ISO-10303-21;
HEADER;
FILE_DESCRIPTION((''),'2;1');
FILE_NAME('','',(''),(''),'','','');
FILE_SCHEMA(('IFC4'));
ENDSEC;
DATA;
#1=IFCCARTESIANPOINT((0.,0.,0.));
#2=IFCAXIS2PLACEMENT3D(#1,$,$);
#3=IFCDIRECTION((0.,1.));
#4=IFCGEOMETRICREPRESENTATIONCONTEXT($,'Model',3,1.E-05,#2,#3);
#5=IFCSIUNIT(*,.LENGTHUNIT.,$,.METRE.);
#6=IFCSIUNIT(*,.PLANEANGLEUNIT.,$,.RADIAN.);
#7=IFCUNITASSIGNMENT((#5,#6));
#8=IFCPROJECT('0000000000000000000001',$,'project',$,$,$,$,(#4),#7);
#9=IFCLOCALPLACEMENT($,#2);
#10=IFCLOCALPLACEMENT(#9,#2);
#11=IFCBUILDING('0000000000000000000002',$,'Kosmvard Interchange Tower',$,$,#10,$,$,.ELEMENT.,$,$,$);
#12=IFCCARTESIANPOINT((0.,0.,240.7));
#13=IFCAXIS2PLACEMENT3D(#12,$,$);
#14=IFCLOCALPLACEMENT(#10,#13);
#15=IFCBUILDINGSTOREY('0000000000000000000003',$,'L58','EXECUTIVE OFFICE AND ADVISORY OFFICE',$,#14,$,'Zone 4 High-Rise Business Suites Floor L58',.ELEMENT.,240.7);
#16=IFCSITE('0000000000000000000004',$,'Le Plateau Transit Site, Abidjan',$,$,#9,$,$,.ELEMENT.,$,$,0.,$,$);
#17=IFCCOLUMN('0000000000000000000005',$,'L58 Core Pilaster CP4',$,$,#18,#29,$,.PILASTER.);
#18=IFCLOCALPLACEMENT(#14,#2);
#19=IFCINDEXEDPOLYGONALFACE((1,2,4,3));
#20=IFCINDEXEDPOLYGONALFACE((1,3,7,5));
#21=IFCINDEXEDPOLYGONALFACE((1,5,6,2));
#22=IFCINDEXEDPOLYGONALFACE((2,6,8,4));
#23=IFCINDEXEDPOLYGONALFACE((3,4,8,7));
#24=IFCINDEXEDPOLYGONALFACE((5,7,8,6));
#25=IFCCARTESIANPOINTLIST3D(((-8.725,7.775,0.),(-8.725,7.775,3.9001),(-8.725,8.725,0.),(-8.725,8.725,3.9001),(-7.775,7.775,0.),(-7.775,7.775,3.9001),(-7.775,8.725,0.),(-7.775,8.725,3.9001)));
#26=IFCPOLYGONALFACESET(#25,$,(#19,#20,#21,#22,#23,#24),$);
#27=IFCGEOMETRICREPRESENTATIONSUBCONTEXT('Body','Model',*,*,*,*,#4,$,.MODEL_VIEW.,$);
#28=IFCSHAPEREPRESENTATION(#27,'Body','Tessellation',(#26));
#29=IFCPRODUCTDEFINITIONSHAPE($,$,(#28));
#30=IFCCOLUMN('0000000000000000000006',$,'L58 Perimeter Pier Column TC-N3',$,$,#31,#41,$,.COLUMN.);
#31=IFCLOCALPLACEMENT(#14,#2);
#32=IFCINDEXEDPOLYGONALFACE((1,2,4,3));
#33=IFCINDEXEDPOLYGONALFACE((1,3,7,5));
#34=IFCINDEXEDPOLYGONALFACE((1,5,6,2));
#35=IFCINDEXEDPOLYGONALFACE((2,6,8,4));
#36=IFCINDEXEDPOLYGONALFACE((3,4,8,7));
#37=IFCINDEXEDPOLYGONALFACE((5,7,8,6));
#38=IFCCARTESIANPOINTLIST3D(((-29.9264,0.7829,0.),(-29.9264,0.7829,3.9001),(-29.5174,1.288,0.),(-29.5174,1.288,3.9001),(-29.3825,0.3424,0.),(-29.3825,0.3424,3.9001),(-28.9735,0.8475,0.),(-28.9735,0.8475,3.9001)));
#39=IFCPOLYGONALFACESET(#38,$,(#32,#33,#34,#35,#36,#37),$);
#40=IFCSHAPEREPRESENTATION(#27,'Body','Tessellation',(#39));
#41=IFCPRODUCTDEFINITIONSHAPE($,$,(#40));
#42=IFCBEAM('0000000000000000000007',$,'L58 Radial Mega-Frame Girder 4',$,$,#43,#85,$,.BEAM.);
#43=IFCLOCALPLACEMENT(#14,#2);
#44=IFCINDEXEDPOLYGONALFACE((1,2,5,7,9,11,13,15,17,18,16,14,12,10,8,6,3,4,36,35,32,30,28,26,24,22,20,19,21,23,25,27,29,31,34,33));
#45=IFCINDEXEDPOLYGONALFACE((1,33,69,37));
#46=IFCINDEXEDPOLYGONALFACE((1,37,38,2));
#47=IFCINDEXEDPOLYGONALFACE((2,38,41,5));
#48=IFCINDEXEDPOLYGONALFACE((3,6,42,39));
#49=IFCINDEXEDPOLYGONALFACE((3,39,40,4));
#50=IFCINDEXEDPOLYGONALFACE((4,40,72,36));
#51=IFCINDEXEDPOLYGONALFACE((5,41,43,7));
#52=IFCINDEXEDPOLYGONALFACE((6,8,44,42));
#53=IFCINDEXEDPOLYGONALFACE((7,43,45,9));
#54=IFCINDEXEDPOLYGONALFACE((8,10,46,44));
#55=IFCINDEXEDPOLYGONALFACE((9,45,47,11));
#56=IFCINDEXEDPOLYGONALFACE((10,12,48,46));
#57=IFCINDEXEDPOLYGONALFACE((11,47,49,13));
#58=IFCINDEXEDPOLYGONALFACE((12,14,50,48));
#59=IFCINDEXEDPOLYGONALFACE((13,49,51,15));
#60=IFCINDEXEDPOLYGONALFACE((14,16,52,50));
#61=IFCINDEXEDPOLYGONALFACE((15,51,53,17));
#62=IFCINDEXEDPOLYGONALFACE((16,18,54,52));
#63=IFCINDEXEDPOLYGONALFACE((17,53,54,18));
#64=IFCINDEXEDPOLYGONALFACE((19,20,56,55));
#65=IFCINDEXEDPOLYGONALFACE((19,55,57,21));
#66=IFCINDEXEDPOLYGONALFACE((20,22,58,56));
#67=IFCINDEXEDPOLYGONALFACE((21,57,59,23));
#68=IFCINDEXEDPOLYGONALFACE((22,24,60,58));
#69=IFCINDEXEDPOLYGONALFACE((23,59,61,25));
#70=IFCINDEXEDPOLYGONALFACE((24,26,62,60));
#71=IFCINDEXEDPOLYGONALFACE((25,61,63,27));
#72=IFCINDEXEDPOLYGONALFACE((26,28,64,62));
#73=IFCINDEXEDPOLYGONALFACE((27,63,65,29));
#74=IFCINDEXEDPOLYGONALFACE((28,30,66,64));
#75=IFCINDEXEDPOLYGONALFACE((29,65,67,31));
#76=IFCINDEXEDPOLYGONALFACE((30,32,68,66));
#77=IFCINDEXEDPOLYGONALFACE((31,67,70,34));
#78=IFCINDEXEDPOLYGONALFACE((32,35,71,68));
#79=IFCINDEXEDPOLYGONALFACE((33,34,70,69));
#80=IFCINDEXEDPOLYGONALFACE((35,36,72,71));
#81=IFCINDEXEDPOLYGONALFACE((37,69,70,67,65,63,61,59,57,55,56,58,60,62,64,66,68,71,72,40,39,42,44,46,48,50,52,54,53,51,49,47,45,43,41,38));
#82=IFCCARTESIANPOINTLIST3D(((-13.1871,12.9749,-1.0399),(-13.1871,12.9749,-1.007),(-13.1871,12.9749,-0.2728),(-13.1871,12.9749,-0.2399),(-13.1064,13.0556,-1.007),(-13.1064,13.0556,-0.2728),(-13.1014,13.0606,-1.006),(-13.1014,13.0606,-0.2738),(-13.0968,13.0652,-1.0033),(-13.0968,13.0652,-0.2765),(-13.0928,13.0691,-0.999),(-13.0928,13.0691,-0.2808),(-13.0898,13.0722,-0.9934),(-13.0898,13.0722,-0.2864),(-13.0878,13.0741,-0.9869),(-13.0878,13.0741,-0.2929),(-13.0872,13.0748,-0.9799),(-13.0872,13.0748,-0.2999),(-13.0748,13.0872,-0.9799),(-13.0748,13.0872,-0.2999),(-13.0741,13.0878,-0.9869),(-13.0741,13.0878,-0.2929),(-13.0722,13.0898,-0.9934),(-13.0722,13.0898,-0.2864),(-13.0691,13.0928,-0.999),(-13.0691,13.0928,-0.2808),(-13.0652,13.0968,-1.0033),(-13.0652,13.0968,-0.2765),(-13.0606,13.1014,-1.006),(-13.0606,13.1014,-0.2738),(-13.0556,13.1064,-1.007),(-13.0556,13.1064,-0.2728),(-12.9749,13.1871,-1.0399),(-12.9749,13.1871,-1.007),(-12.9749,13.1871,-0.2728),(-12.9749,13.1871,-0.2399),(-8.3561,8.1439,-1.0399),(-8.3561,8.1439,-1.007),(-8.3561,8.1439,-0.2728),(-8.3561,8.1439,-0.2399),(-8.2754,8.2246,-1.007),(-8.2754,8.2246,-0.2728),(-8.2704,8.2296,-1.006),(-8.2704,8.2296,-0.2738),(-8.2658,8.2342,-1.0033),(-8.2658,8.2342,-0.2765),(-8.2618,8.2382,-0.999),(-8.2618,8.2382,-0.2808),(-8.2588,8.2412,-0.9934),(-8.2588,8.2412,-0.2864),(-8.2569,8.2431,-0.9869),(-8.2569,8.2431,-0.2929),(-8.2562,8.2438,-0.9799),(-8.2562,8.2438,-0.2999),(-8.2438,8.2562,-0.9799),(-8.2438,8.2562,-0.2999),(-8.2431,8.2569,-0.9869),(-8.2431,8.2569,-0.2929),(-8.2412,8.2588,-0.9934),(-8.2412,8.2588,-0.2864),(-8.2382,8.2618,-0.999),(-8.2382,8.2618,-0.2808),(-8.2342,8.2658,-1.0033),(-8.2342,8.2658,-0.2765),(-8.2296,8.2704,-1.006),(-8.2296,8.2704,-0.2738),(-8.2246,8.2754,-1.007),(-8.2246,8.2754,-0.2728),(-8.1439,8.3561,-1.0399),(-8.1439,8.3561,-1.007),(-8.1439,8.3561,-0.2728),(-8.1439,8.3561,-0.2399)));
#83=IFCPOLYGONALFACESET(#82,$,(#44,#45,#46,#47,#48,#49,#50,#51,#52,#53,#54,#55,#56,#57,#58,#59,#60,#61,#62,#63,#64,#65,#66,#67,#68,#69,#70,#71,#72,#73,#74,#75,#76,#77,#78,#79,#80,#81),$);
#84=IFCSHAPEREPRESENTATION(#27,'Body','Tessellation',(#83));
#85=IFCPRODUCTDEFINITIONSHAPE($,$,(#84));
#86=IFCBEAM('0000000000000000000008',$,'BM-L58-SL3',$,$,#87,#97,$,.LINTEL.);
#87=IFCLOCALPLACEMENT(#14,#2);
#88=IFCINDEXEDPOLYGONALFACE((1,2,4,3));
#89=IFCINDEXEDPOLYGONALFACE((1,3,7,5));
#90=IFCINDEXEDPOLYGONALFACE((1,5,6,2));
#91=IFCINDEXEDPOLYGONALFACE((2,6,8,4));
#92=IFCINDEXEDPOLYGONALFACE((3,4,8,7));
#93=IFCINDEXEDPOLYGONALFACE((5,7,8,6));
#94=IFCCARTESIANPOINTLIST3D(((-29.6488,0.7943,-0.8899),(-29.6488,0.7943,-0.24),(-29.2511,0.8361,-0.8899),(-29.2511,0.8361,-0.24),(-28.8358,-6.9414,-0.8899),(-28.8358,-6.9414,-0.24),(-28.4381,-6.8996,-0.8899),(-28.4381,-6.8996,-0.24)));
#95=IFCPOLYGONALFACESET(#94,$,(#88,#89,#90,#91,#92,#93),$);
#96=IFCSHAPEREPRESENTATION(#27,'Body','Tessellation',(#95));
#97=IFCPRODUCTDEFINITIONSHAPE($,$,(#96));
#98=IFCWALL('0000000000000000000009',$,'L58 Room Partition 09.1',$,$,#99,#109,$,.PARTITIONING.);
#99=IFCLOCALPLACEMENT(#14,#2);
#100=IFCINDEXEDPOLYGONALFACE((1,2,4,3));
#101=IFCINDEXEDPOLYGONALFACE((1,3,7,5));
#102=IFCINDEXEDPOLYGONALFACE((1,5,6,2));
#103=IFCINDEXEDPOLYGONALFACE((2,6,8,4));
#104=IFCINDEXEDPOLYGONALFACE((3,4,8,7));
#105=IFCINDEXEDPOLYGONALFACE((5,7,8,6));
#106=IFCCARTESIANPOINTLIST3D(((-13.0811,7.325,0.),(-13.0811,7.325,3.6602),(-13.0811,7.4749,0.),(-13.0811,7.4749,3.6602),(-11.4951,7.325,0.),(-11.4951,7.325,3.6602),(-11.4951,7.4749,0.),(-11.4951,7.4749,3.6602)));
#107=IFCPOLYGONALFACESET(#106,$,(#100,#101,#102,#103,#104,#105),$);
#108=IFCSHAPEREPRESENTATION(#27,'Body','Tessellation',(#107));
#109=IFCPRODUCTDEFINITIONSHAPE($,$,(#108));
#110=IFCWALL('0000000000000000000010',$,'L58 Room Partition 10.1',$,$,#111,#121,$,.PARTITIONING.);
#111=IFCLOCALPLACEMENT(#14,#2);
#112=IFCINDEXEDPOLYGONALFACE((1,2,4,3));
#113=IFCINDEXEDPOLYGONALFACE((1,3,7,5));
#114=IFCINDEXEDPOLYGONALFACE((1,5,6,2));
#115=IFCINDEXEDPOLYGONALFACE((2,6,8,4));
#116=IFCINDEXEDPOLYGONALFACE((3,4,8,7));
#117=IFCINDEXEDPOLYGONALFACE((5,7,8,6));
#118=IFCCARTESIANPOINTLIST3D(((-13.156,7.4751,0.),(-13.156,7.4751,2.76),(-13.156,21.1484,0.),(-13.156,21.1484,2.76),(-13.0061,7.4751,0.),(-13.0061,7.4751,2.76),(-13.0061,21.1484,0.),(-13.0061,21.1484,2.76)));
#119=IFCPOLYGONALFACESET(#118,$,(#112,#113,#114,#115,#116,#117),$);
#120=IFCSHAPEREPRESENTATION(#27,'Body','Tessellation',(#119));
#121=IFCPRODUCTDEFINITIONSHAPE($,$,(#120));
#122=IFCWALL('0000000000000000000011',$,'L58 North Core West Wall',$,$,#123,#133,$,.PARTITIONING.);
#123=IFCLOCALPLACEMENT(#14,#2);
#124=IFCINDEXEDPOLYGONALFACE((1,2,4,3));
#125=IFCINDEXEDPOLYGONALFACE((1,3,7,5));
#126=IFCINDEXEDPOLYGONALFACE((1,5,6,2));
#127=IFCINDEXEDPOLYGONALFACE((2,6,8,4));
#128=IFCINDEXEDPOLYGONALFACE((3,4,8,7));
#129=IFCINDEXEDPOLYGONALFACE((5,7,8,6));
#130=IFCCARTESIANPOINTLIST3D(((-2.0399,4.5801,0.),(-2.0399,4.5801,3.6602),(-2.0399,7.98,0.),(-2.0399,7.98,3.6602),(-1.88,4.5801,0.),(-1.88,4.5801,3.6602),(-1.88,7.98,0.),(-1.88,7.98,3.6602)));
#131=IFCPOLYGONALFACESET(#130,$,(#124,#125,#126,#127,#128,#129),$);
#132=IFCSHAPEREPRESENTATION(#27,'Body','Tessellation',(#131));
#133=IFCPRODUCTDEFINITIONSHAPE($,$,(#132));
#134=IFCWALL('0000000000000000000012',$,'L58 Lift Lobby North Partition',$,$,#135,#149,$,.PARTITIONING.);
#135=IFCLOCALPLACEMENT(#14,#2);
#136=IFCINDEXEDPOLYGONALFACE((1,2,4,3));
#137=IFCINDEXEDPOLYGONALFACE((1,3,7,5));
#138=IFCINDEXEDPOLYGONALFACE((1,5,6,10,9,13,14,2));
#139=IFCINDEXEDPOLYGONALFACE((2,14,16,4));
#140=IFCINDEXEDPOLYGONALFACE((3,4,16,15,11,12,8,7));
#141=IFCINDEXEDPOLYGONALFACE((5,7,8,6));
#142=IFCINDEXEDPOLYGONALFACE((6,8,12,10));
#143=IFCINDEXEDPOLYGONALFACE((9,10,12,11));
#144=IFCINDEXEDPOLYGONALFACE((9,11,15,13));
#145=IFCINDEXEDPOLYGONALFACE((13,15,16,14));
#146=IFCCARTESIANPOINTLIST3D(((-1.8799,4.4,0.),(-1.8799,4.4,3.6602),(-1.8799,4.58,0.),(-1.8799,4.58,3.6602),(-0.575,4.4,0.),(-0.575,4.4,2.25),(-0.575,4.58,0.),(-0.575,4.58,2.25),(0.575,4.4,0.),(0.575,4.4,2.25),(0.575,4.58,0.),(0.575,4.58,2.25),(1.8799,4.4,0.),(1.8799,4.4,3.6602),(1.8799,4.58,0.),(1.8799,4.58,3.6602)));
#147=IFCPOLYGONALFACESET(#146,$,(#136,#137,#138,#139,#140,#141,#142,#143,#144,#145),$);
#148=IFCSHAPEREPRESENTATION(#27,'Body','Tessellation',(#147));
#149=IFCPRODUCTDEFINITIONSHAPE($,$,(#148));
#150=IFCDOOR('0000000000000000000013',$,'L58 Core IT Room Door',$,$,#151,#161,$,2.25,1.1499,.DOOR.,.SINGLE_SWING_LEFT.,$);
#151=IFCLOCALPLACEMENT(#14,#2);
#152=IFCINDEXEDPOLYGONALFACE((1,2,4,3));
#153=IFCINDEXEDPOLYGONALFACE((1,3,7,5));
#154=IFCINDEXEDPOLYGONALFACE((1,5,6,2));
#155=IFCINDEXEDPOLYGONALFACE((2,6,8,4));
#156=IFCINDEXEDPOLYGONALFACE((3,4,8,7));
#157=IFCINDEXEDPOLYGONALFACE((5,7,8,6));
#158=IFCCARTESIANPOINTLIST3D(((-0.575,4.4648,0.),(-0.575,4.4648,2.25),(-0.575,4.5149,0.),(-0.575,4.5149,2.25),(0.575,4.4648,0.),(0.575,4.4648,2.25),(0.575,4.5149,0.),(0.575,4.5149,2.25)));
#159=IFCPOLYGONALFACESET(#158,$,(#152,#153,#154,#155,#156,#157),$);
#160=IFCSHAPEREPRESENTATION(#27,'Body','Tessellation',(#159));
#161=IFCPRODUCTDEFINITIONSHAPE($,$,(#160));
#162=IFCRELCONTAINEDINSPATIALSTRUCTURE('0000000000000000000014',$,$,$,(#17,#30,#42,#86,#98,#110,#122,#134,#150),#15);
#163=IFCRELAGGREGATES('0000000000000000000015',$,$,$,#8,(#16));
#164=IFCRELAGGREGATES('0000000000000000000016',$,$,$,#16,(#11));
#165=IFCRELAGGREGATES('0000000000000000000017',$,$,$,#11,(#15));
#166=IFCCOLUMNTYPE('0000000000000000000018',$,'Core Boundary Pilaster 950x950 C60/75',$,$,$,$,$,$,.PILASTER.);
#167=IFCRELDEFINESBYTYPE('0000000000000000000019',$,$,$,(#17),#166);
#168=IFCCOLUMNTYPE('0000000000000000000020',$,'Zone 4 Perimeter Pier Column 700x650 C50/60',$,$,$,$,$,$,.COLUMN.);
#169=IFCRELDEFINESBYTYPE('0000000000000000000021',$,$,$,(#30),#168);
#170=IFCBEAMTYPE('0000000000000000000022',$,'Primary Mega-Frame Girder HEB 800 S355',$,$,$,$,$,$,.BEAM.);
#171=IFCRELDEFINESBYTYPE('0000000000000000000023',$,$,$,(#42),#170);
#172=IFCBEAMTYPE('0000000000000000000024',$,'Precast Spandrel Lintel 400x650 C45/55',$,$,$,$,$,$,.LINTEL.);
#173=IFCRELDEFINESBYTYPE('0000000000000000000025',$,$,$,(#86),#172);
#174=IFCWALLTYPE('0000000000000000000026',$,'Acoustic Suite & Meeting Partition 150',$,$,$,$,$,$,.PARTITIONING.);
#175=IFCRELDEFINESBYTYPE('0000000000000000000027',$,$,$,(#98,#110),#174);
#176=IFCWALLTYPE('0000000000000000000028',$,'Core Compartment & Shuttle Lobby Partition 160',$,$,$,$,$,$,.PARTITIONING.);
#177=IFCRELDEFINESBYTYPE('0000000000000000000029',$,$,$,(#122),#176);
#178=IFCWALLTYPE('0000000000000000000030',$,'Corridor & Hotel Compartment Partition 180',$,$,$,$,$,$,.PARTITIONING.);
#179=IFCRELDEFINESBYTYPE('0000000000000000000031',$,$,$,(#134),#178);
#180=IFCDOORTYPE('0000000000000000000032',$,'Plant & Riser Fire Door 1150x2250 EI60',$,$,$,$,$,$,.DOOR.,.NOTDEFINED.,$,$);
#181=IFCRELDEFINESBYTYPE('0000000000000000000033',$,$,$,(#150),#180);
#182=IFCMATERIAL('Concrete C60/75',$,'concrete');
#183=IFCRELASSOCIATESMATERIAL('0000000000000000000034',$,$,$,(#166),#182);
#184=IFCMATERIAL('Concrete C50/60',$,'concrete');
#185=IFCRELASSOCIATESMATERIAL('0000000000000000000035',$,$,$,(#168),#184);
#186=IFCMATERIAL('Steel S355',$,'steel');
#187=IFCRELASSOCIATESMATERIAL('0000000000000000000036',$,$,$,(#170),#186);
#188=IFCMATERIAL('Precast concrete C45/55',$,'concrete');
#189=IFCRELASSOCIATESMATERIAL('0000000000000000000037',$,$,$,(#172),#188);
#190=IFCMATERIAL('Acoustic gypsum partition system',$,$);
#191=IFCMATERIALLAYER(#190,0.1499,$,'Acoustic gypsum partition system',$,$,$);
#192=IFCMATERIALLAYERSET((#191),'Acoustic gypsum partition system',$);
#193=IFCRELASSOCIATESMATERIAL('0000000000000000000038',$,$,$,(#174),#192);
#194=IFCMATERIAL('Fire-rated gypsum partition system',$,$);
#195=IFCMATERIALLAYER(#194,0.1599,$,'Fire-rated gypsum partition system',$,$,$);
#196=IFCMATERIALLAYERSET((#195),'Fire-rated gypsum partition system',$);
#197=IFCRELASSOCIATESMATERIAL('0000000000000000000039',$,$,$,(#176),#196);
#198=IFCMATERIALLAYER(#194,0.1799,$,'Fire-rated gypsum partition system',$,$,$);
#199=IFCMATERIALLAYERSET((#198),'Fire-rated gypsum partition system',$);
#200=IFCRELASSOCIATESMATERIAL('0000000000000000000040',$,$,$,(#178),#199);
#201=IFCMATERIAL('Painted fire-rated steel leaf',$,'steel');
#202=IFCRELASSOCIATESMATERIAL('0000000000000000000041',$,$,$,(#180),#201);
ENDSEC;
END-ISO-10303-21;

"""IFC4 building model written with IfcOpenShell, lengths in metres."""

from ifc_helpers import new_model, si_unit, direction, frame, frame_2d, origin, origin_2d, place, context, subcontext, project, spatial, rectangle, i_section, extrude, source, transform, mapped, material, layer, layer_set, material_profile, profile_set, type_object, element, fill, save


model = new_model("IFC4")

# Units and contexts
model_context = context("Model", 3, precision=1e-05, world=origin(), true_north=direction((0.0, 1.0)))
body_context = subcontext(model_context, "Body", "Model", "MODEL_VIEW")
ifc_project = project(units=[si_unit("LENGTHUNIT", "METRE"), si_unit("PLANEANGLEUNIT", "RADIAN")], contexts=[model_context])

# Site, building, storey
site_placement = place(None, origin())
site = spatial("IfcSite", under=ifc_project, at=site_placement, Name="Le Plateau Transit Site, Abidjan", CompositionType="ELEMENT", RefElevation=0.0)
building_placement = place(site_placement, origin())
building = spatial("IfcBuilding", under=site, at=building_placement, Name="Kosmvard Interchange Tower", CompositionType="ELEMENT")
storey_placement = place(building_placement, frame((0.0, 0.0, 240.7)))
storey = spatial("IfcBuildingStorey", under=building, at=storey_placement, Name="L58", Description="EXECUTIVE OFFICE AND ADVISORY OFFICE", LongName="Zone 4 High-Rise Business Suites Floor L58", CompositionType="ELEMENT", Elevation=240.7)

# Columns
ifc_material_1 = material(Name="Concrete C60/75", Category="concrete")
ifc_material_profile_1 = material_profile(ifc_material_1, rectangle(XDim=0.95, YDim=0.95, at=origin_2d()), Name="CP 950x950")
ifc_profile_set_1 = profile_set([ifc_material_profile_1], Name="Concrete C60/75")
column_type_1 = type_object("IfcColumnType", Name="Core Boundary Pilaster 950x950 C60/75", PredefinedType="PILASTER", material=ifc_profile_set_1)
shared_shape_1 = source(origin(), body_context, "Body", "SweptSolid", [
    extrude(rectangle(XDim=0.95, YDim=0.95, at=origin_2d()), origin(), (0.0, 0.0, 1.0), 3.9001),
])
column_1_placement = place(storey_placement, frame((-8.25, 8.25, 0.0), z_axis=(0.0, 0.0, 1.0), x_axis=(1.0, 0.0, 0.0)))
element("IfcColumn", 1, at=column_1_placement, inside=storey, type_object=column_type_1, Name="L58 Core Pilaster CP4", PredefinedType="PILASTER", context=body_context, shape_type="MappedRepresentation", body=[
    mapped(shared_shape_1, transform((0.0, 0.0, 0.0), scale=1.0)),
])
ifc_material_2 = material(Name="Concrete C50/60", Category="concrete")
ifc_material_profile_2 = material_profile(ifc_material_2, rectangle(XDim=0.6499, YDim=0.7, at=origin_2d()), Name="TC 700x650")
ifc_profile_set_2 = profile_set([ifc_material_profile_2], Name="Concrete C50/60")
column_type_2 = type_object("IfcColumnType", Name="Zone 4 Perimeter Pier Column 700x650 C50/60", PredefinedType="COLUMN", material=ifc_profile_set_2)
shared_shape_2 = source(origin(), body_context, "Body", "SweptSolid", [
    extrude(rectangle(XDim=0.6499, YDim=0.7, at=origin_2d()), origin(), (0.0, 0.0, 1.0), 3.9001),
])
column_2_placement = place(storey_placement, frame((-29.45, 0.8152, 0.0), z_axis=(0.0, 0.0, 1.0), x_axis=(0.62932, 0.777146, 0.0)))
element("IfcColumn", 2, at=column_2_placement, inside=storey, type_object=column_type_2, Name="L58 Perimeter Pier Column TC-N3", PredefinedType="COLUMN", context=body_context, shape_type="MappedRepresentation", body=[
    mapped(shared_shape_2, transform((0.0, 0.0, 0.0), scale=1.0)),
])

# Beams
ifc_material_3 = material(Name="Steel S355", Category="steel")
ifc_material_profile_3 = material_profile(ifc_material_3, i_section(OverallWidth=0.3, OverallDepth=0.8, WebThickness=0.0176, FlangeThickness=0.033, FilletRadius=0.0271, at=origin_2d()), Name="HEB 800")
ifc_profile_set_3 = profile_set([ifc_material_profile_3], Name="Steel S355")
beam_type_1 = type_object("IfcBeamType", Name="Primary Mega-Frame Girder HEB 800 S355", PredefinedType="BEAM", material=ifc_profile_set_3)
shared_shape_3 = source(origin(), body_context, "Body", "SweptSolid", [
    extrude(i_section(OverallWidth=0.3, OverallDepth=0.8, WebThickness=0.0176, FlangeThickness=0.033, FilletRadius=0.0271, at=origin_2d()), origin(), (0.0, 0.0, 1.0), 6.832),
])
beam_1_placement = place(storey_placement, frame((-8.25, 8.25, -0.6399), z_axis=(-0.707107, 0.707107, 0.0), x_axis=(-0.707107, -0.707107, 0.0)))
element("IfcBeam", 3, at=beam_1_placement, inside=storey, type_object=beam_type_1, Name="L58 Radial Mega-Frame Girder 4", PredefinedType="BEAM", context=body_context, shape_type="MappedRepresentation", body=[
    mapped(shared_shape_3, transform((0.0, 0.0, 0.0), scale=1.0)),
])
ifc_material_4 = material(Name="Precast concrete C45/55", Category="concrete")
ifc_material_profile_4 = material_profile(ifc_material_4, rectangle(XDim=0.3999, YDim=0.6499, at=origin_2d()), Name="SL 400x650")
ifc_profile_set_4 = profile_set([ifc_material_profile_4], Name="Precast concrete C45/55")
beam_type_2 = type_object("IfcBeamType", Name="Precast Spandrel Lintel 400x650 C45/55", PredefinedType="LINTEL", material=ifc_profile_set_4)
shared_shape_4 = source(origin(), body_context, "Body", "SweptSolid", [
    extrude(rectangle(XDim=0.3999, YDim=0.6499, at=origin_2d()), origin(), (0.0, 0.0, 1.0), 7.7783),
])
beam_2_placement = place(storey_placement, frame((-29.45, 0.8152, -0.5649), z_axis=(0.104521, -0.994523, 0.0), x_axis=(0.994523, 0.104521, 0.0)))
element("IfcBeam", 4, at=beam_2_placement, inside=storey, type_object=beam_type_2, Name="BM-L58-SL3", PredefinedType="LINTEL", context=body_context, shape_type="MappedRepresentation", body=[
    mapped(shared_shape_4, transform((0.0, 0.0, 0.0), scale=1.0)),
])

# Walls
ifc_material_5 = material(Name="Acoustic gypsum partition system")
ifc_layer_1 = layer(ifc_material_5, 0.1499, Name="Acoustic gypsum partition system")
ifc_layer_set_1 = layer_set([ifc_layer_1], Name="Acoustic gypsum partition system")
wall_type_1 = type_object("IfcWallType", Name="Acoustic Suite & Meeting Partition 150", PredefinedType="PARTITIONING", material=ifc_layer_set_1)
wall_1_placement = place(storey_placement, frame((-11.4951, 7.3999, 0.0), z_axis=(0.0, 0.0, 1.0), x_axis=(-1.0, 0.0, 0.0)))
element("IfcWall", 5, at=wall_1_placement, inside=storey, type_object=wall_type_1, Name="L58 Room Partition 09.1", PredefinedType="PARTITIONING", context=body_context, shape_type="SweptSolid", body=[
    extrude(rectangle(XDim=1.5859, YDim=0.1499, at=frame_2d((0.793, 0.0))), origin(), (0.0, 0.0, 1.0), 3.6602),
])
wall_2_placement = place(storey_placement, frame((-13.0811, 7.4751, 0.0), z_axis=(0.0, 0.0, 1.0), x_axis=(0.0, 1.0, 0.0)))
element("IfcWall", 6, at=wall_2_placement, inside=storey, type_object=wall_type_1, Name="L58 Room Partition 10.1", PredefinedType="PARTITIONING", context=body_context, shape_type="SweptSolid", body=[
    extrude(rectangle(XDim=13.6733, YDim=0.1499, at=frame_2d((6.8367, 0.0))), origin(), (0.0, 0.0, 1.0), 2.76),
])
ifc_material_6 = material(Name="Fire-rated gypsum partition system")
ifc_layer_2 = layer(ifc_material_6, 0.1599, Name="Fire-rated gypsum partition system")
ifc_layer_set_2 = layer_set([ifc_layer_2], Name="Fire-rated gypsum partition system")
wall_type_2 = type_object("IfcWallType", Name="Core Compartment & Shuttle Lobby Partition 160", PredefinedType="PARTITIONING", material=ifc_layer_set_2)
wall_3_placement = place(storey_placement, frame((-1.96, 4.5801, 0.0), z_axis=(0.0, 0.0, 1.0), x_axis=(0.0, 1.0, 0.0)))
element("IfcWall", 7, at=wall_3_placement, inside=storey, type_object=wall_type_2, Name="L58 North Core West Wall", PredefinedType="PARTITIONING", context=body_context, shape_type="SweptSolid", body=[
    extrude(rectangle(XDim=3.3999, YDim=0.1599, at=frame_2d((1.7, 0.0))), origin(), (0.0, 0.0, 1.0), 3.6602),
])

# Wall, opening, door
ifc_layer_3 = layer(ifc_material_6, 0.1799, Name="Fire-rated gypsum partition system")
ifc_layer_set_3 = layer_set([ifc_layer_3], Name="Fire-rated gypsum partition system")
wall_type_3 = type_object("IfcWallType", Name="Corridor & Hotel Compartment Partition 180", PredefinedType="PARTITIONING", material=ifc_layer_set_3)
wall_4_placement = place(storey_placement, frame((-1.8799, 4.49, 0.0), z_axis=(0.0, 0.0, 1.0), x_axis=(1.0, 0.0, 0.0)))
wall_4 = element("IfcWall", 8, at=wall_4_placement, inside=storey, type_object=wall_type_3, Name="L58 Lift Lobby North Partition", PredefinedType="PARTITIONING", context=body_context, shape_type="SweptSolid", body=[
    extrude(rectangle(XDim=3.7598, YDim=0.1799, at=frame_2d((1.8799, 0.0))), origin(), (0.0, 0.0, 1.0), 3.6602),
])
opening_placement = place(wall_4_placement, frame((1.3049, 0.0, 0.0)))
opening = element("IfcOpeningElement", 9, at=opening_placement, cuts=wall_4, PredefinedType="OPENING", context=body_context, shape_type="SweptSolid", body=[
    extrude(rectangle(XDim=1.1499, YDim=2.25, at=frame_2d((0.575, 1.125))), frame((0.0, 0.1001, 0.0), z_axis=(0.0, -1.0, 0.0), x_axis=(1.0, 0.0, 0.0)), (0.0, 0.0, 1.0), 0.2),
])
ifc_material_7 = material(Name="Painted fire-rated steel leaf", Category="steel")
door_type = type_object("IfcDoorType", Name="Plant & Riser Fire Door 1150x2250 EI60", OperationType="NOTDEFINED", PredefinedType="DOOR", material=ifc_material_7)
shared_shape_5 = source(origin(), body_context, "Body", "SweptSolid", [
    extrude(rectangle(XDim=1.1499, YDim=2.25, at=frame_2d((0.575, 1.125))), frame((0.0, 0.0249, 0.0), z_axis=(0.0, -1.0, 0.0), x_axis=(1.0, 0.0, 0.0)), (0.0, 0.0, 1.0), 0.05),
])
door_placement = place(opening_placement, origin())
door = element("IfcDoor", 10, at=door_placement, inside=storey, type_object=door_type, Name="L58 Core IT Room Door", OperationType="SINGLE_SWING_LEFT", OverallHeight=2.25, OverallWidth=1.1499, PredefinedType="DOOR", context=body_context, shape_type="MappedRepresentation", body=[
    mapped(shared_shape_5, transform((0.0, 0.0, 0.0), scale=1.0)),
])
fill(opening, door)

save(model, "model.ifc")
